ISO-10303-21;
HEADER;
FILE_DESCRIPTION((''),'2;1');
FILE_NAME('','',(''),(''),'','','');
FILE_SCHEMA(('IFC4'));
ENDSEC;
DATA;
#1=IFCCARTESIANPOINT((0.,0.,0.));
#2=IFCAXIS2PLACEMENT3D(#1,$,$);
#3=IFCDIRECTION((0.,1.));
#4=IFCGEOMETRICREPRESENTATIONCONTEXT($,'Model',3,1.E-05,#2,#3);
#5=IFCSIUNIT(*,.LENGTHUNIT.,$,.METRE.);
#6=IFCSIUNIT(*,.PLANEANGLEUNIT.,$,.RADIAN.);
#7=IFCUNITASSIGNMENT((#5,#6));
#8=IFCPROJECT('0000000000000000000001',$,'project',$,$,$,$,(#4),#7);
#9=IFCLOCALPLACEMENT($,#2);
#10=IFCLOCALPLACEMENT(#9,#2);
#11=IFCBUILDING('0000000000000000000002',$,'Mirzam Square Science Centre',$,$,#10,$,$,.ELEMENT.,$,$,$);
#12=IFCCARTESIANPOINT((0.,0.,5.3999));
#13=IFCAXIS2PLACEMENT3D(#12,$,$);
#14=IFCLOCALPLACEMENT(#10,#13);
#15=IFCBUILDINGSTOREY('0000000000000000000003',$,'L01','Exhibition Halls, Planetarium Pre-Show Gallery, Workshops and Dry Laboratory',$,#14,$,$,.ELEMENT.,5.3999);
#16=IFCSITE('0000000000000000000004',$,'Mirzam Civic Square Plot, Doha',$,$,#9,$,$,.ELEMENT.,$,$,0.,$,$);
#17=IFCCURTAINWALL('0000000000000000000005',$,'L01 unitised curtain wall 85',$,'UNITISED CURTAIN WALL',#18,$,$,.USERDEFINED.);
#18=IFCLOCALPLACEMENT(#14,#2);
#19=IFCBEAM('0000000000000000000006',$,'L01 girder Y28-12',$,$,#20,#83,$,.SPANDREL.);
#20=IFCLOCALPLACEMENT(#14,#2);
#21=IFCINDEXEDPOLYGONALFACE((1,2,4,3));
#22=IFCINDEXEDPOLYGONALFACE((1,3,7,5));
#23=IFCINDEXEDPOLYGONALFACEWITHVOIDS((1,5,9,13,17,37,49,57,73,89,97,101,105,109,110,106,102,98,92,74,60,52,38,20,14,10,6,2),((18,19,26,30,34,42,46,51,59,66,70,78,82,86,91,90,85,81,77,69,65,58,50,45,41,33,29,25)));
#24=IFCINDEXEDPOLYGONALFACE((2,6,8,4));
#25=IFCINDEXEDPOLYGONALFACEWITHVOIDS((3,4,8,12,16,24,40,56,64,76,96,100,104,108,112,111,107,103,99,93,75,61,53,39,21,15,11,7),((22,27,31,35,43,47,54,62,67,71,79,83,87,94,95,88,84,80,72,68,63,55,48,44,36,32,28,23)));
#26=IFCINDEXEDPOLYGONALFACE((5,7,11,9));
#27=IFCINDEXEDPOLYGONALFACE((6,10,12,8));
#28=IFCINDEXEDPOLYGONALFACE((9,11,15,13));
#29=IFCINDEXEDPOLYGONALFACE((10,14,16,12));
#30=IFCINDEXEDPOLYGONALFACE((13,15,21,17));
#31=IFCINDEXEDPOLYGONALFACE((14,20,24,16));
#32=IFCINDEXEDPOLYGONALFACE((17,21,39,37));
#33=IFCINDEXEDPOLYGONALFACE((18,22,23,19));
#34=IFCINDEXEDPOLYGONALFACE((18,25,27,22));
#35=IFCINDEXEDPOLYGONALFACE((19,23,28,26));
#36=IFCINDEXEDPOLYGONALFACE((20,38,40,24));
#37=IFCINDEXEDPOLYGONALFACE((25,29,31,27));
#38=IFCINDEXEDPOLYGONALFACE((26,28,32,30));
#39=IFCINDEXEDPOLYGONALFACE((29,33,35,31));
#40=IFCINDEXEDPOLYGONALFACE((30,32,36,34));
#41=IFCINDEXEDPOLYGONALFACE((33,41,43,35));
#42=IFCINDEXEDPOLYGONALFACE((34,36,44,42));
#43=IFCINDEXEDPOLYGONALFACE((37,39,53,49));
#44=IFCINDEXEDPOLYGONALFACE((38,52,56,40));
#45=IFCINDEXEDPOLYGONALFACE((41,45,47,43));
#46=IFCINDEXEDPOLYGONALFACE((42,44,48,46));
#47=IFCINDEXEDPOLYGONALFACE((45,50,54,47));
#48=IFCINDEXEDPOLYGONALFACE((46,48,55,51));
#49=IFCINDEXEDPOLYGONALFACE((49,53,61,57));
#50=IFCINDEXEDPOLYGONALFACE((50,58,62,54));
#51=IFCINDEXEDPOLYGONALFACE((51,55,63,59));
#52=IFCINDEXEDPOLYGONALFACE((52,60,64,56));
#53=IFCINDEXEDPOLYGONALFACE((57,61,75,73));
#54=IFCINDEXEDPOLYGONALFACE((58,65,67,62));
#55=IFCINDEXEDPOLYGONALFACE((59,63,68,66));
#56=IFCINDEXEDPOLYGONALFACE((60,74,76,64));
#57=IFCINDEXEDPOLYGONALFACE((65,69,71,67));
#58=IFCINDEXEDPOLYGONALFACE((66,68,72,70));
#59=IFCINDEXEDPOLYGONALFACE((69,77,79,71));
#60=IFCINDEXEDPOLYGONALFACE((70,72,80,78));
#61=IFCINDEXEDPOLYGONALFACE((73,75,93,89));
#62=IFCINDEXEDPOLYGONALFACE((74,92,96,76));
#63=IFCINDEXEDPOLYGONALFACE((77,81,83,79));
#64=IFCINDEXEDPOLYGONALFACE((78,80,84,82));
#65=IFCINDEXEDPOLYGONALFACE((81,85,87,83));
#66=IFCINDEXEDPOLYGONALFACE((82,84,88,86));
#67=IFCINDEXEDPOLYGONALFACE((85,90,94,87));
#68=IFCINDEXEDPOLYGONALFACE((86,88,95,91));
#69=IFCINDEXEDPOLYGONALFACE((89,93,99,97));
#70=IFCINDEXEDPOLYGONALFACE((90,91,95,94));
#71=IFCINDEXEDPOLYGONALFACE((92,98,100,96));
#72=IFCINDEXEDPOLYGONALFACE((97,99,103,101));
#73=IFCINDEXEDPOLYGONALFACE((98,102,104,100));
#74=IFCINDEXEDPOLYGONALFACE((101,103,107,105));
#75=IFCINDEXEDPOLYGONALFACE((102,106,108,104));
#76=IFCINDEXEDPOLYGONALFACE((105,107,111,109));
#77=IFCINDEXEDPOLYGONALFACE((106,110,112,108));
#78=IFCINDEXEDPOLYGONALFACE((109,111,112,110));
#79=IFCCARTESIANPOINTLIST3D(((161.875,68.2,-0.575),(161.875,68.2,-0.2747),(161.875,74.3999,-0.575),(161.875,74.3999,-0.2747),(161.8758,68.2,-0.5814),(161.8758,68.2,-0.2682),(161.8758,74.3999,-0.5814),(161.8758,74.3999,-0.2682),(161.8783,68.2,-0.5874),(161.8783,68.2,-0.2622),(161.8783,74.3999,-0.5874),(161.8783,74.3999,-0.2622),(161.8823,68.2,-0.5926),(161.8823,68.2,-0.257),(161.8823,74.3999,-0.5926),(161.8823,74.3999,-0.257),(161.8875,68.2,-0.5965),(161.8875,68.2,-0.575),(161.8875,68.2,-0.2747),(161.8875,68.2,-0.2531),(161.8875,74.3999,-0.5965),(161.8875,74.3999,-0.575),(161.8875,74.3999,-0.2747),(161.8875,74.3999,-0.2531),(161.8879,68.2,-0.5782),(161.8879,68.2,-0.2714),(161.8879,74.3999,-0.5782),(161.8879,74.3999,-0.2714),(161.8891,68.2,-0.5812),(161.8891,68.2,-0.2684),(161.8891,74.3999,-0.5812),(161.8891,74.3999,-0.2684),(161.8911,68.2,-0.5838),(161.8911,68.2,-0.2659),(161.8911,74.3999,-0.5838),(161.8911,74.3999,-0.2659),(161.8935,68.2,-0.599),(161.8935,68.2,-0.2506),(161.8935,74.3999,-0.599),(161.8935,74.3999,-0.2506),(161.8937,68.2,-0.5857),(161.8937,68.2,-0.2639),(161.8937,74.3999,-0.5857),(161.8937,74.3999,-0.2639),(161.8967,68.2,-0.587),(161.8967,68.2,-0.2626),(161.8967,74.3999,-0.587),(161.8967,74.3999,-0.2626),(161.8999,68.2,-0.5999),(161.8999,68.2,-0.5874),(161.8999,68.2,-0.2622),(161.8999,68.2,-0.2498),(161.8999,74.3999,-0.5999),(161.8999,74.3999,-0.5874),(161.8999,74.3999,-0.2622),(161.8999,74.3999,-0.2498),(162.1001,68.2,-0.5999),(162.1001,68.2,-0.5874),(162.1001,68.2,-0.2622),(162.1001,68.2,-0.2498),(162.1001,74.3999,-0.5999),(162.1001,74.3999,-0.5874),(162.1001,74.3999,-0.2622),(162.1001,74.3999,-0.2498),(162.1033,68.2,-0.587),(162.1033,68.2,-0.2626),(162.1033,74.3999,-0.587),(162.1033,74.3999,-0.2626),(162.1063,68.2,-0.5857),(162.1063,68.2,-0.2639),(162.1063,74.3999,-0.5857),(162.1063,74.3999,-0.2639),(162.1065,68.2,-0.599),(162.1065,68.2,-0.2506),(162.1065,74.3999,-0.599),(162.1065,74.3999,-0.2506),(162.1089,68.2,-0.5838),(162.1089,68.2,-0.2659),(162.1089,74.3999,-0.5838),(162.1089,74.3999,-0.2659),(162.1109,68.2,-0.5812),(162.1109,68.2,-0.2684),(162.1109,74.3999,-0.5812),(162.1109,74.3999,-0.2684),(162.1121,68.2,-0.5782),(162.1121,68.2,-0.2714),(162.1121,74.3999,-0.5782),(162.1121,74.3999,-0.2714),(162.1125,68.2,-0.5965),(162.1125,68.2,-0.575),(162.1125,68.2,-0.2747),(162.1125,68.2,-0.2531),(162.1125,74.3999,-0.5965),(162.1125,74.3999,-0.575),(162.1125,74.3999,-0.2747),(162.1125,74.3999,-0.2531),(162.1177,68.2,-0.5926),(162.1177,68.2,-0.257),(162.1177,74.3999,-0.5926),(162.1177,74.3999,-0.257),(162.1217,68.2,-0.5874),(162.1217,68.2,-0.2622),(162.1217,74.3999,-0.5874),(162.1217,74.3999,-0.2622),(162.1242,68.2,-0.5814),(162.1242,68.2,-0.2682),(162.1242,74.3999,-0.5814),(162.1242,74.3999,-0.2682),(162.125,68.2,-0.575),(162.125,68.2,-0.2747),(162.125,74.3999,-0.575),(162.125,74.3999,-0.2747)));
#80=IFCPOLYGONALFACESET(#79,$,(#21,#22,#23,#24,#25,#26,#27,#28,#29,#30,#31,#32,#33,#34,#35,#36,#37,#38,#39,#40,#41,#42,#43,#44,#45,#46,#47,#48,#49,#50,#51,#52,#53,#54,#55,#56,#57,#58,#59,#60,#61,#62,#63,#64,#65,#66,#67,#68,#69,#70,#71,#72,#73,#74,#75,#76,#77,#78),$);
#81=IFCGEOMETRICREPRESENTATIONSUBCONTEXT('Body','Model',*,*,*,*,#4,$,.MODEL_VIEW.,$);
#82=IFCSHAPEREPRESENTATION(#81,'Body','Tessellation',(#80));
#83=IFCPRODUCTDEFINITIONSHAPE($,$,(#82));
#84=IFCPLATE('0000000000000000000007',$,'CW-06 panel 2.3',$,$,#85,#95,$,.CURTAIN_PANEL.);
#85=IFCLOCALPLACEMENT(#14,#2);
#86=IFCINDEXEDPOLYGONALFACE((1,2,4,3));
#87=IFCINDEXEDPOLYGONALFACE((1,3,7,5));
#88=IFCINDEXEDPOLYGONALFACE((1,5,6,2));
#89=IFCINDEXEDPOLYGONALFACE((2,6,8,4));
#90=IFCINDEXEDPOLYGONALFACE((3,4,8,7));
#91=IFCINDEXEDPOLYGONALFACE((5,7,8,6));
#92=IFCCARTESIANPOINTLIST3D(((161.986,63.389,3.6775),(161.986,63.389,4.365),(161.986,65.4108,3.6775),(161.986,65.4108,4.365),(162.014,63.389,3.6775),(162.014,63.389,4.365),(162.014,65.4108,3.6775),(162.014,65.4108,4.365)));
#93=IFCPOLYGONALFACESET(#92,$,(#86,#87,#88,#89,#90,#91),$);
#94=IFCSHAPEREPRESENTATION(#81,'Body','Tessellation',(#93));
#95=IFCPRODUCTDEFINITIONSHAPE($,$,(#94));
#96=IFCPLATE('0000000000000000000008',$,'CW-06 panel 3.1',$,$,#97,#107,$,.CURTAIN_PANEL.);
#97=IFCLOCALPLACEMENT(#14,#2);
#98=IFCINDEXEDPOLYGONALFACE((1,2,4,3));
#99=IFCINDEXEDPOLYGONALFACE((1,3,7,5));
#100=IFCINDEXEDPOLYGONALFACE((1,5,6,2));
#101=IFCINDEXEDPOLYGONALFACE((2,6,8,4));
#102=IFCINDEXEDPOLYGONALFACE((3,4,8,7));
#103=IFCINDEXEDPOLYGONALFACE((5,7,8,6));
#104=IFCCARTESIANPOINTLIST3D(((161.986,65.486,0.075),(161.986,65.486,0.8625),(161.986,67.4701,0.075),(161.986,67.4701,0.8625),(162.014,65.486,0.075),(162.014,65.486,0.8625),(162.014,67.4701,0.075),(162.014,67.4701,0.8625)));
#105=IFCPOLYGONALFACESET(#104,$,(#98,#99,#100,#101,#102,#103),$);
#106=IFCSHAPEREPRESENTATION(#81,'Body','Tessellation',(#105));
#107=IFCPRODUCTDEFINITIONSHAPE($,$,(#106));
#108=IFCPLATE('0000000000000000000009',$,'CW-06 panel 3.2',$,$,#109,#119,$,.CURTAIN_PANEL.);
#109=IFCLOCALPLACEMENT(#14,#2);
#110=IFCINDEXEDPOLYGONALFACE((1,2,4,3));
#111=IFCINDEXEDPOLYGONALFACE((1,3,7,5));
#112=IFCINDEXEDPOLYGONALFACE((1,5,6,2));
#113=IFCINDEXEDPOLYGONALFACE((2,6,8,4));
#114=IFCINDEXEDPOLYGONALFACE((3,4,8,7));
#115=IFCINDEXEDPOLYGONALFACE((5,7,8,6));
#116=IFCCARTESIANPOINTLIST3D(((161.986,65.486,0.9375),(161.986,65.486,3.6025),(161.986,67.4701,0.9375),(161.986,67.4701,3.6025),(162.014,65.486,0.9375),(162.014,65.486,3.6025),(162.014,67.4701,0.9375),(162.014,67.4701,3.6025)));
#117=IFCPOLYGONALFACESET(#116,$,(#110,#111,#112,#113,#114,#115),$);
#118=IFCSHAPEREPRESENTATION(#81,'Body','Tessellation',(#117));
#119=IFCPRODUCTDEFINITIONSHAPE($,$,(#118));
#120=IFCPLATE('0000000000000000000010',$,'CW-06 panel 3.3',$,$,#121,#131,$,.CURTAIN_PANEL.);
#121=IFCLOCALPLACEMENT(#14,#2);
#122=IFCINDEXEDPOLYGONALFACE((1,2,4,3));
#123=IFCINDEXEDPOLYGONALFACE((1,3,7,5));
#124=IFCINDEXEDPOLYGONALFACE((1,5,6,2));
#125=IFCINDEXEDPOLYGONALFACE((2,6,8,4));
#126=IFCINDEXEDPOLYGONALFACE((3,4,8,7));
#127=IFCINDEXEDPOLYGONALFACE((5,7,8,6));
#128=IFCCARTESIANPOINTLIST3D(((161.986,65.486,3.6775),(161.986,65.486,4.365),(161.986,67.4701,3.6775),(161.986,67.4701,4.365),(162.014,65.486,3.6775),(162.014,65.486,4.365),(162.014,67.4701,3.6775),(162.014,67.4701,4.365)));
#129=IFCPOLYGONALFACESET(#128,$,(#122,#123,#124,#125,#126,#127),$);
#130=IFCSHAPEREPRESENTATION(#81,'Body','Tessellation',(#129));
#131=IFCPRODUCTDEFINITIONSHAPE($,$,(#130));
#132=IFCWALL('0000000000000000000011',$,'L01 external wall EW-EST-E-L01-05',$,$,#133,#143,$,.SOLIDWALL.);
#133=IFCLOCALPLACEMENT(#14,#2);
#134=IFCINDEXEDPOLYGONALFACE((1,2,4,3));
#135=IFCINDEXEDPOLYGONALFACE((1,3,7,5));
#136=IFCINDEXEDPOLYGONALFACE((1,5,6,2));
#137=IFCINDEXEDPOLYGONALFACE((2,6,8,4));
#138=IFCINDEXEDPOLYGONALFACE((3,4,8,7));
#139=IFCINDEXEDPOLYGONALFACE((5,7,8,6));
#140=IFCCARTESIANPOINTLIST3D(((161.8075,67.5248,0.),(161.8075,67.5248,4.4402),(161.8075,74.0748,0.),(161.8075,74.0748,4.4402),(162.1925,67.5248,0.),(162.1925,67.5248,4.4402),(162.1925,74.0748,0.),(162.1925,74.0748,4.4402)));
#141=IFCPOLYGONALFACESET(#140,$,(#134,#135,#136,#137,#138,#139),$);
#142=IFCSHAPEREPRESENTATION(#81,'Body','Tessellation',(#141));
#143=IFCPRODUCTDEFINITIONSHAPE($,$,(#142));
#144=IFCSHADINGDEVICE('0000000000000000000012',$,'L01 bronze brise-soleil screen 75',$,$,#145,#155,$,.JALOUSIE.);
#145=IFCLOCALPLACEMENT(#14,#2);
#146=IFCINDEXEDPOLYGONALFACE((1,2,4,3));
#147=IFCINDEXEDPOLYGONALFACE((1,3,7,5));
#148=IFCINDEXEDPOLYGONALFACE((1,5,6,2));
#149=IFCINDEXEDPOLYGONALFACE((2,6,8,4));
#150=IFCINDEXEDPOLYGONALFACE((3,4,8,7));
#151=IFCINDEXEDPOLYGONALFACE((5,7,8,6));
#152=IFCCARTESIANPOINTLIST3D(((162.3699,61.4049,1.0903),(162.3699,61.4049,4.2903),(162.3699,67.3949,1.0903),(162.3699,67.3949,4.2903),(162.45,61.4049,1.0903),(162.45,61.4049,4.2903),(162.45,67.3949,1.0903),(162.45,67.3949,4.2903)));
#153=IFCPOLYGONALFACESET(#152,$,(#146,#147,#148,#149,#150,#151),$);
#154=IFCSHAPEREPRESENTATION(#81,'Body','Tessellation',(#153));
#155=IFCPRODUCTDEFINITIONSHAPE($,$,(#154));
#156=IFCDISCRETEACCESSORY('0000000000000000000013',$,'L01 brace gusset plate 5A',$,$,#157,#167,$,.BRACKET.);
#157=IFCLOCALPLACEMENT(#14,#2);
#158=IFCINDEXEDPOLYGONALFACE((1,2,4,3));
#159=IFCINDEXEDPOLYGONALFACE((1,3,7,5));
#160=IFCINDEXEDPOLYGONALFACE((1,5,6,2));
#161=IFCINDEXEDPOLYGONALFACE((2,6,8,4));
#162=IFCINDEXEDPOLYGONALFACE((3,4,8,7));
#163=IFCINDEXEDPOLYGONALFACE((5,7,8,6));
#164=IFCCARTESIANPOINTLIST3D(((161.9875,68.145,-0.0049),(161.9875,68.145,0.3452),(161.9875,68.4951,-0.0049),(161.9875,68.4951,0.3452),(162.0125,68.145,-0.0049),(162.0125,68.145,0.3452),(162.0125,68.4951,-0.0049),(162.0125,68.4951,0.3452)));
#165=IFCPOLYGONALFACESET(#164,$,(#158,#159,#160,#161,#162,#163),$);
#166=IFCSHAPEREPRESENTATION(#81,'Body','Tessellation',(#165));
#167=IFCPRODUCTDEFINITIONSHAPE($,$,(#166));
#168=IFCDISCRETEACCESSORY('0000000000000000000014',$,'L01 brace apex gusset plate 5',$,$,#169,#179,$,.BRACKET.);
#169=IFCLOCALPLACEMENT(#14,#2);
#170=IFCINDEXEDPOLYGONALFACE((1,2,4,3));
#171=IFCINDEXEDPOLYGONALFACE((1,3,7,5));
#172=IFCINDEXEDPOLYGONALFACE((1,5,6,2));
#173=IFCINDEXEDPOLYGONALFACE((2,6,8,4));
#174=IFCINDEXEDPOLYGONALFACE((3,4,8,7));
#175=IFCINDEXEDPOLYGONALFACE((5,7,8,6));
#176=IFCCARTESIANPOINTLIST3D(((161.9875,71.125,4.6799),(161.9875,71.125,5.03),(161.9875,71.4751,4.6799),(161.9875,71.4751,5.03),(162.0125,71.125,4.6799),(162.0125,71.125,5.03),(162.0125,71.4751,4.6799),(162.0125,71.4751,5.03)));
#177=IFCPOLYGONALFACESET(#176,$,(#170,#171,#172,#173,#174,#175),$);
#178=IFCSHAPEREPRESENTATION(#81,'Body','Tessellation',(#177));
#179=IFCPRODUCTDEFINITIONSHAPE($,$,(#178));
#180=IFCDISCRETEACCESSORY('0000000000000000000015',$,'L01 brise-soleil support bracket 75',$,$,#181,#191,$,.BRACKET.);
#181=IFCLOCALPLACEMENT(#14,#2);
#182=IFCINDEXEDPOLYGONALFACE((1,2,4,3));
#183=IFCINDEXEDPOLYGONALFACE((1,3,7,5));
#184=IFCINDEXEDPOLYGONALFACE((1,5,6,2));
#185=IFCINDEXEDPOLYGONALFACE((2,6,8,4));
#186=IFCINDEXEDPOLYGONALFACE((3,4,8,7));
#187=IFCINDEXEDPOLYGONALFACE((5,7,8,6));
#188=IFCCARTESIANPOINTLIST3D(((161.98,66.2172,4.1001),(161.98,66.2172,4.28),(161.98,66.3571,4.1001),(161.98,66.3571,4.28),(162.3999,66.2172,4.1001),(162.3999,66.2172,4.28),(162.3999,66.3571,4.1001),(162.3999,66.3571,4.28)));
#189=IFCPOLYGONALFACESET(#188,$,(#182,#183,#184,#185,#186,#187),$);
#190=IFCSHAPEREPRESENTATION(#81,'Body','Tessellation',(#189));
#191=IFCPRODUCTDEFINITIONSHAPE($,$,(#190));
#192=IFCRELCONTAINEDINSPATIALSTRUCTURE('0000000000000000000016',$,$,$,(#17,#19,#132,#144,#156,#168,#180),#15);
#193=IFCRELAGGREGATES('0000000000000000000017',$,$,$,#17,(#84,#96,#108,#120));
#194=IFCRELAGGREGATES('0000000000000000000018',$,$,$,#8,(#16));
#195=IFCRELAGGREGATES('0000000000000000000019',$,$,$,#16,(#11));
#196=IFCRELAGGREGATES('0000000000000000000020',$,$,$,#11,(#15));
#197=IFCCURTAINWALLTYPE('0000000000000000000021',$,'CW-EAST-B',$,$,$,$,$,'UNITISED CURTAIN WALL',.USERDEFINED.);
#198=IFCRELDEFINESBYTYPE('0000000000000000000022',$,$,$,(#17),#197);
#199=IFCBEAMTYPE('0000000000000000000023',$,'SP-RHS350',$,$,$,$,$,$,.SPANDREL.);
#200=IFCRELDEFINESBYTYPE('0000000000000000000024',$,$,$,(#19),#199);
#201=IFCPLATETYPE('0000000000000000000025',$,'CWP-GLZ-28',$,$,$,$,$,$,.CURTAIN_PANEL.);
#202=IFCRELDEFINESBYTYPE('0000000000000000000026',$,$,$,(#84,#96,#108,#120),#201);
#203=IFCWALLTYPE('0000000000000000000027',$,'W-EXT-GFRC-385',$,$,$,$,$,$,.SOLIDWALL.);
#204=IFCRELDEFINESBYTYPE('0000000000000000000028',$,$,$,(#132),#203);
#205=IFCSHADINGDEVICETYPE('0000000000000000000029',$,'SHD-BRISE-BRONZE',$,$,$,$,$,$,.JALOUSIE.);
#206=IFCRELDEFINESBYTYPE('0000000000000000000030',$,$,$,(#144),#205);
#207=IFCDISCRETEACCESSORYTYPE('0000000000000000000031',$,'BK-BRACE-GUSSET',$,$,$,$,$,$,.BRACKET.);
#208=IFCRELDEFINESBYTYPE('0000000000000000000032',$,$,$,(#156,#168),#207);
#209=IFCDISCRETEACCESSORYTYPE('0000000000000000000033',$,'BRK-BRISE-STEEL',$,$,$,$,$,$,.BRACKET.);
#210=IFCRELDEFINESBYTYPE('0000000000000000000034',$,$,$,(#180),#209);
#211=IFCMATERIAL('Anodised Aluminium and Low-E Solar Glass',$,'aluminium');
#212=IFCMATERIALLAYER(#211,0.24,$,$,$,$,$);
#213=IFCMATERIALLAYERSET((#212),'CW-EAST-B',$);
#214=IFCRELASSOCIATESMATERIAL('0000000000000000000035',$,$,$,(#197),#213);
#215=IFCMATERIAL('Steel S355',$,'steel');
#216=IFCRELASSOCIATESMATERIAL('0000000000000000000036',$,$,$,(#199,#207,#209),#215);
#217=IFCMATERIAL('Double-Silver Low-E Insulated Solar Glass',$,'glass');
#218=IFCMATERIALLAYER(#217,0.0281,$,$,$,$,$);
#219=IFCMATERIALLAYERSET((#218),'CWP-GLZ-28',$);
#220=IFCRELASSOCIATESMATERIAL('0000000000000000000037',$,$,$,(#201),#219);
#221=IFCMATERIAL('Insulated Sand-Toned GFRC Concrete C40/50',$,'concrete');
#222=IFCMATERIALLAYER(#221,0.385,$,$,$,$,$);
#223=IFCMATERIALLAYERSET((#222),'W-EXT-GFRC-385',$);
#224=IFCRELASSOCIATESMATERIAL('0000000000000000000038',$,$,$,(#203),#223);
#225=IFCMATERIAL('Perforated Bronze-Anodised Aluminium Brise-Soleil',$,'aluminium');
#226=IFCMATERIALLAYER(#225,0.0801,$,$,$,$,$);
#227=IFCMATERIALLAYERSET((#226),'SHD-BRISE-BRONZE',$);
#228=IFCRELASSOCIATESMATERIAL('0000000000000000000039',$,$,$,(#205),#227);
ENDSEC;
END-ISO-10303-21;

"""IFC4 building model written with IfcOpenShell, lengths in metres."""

from ifc_helpers import new_model, si_unit, direction, frame, frame_2d, origin, origin_2d, place, context, subcontext, project, spatial, rectangle, hollow_rectangle, extrude, material, layer, layer_set, material_profile, profile_set, type_object, element, aggregate, save


model = new_model("IFC4")

# Units and contexts
model_context = context("Model", 3, precision=1e-05, world=origin(), true_north=direction((0.0, 1.0)))
body_context = subcontext(model_context, "Body", "Model", "MODEL_VIEW")
ifc_project = project(units=[si_unit("LENGTHUNIT", "METRE"), si_unit("PLANEANGLEUNIT", "RADIAN")], contexts=[model_context])

# Site, building, storey
site_placement = place(None, origin())
site = spatial("IfcSite", under=ifc_project, at=site_placement, Name="Mirzam Civic Square Plot, Doha", CompositionType="ELEMENT", RefElevation=0.0)
building_placement = place(site_placement, origin())
building = spatial("IfcBuilding", under=site, at=building_placement, Name="Mirzam Square Science Centre", CompositionType="ELEMENT")
storey_placement = place(building_placement, frame((0.0, 0.0, 5.3999)))
storey = spatial("IfcBuildingStorey", under=building, at=storey_placement, Name="L01", Description="Exhibition Halls, Planetarium Pre-Show Gallery, Workshops and Dry Laboratory", CompositionType="ELEMENT", Elevation=5.3999)

# Shared definitions
ifc_material_1 = material(Name="Steel S355", Category="steel")

# Shared definitions
ifc_material_2 = material(Name="Anodised Aluminium and Low-E Solar Glass", Category="aluminium")

# Curtain wall
ifc_layer_1 = layer(ifc_material_2, 0.24)
ifc_layer_set_1 = layer_set([ifc_layer_1], Name="CW-EAST-B")
curtain_wall_type_1 = type_object("IfcCurtainWallType", Name="CW-EAST-B", ElementType="UNITISED CURTAIN WALL", PredefinedType="USERDEFINED", material=ifc_layer_set_1)
curtain_wall_1_placement = place(storey_placement, origin())
curtain_wall_1 = element("IfcCurtainWall", 1, at=curtain_wall_1_placement, inside=storey, type_object=curtain_wall_type_1, Name="L01 unitised curtain wall 85", ObjectType="UNITISED CURTAIN WALL", PredefinedType="USERDEFINED")

# Beam
ifc_material_profile_1 = material_profile(ifc_material_1, hollow_rectangle(XDim=0.25, YDim=0.3501, WallThickness=0.0125, InnerFilletRadius=0.0125, OuterFilletRadius=0.0249, at=origin_2d()), Name="350x250x12.5RHS")
ifc_profile_set_1 = profile_set([ifc_material_profile_1], Name="Steel S355")
beam_type_1 = type_object("IfcBeamType", Name="SP-RHS350", PredefinedType="SPANDREL", material=ifc_profile_set_1)
beam_1_placement = place(storey_placement, frame((162.0, 68.2, -0.4248), z_axis=(0.0, 1.0, 0.0), x_axis=(-1.0, 0.0, 0.0)))
element("IfcBeam", 2, at=beam_1_placement, inside=storey, type_object=beam_type_1, Name="L01 girder Y28-12", PredefinedType="SPANDREL", context=body_context, shape_type="SweptSolid", body=[
    extrude(hollow_rectangle(XDim=0.25, YDim=0.3501, WallThickness=0.0125, InnerFilletRadius=0.0125, OuterFilletRadius=0.0249, at=origin_2d()), origin(), (0.0, 0.0, 1.0), 6.2),
])

# Plates
ifc_material_3 = material(Name="Double-Silver Low-E Insulated Solar Glass", Category="glass")
ifc_layer_2 = layer(ifc_material_3, 0.0281)
ifc_layer_set_2 = layer_set([ifc_layer_2], Name="CWP-GLZ-28")
plate_type = type_object("IfcPlateType", Name="CWP-GLZ-28", PredefinedType="CURTAIN_PANEL", material=ifc_layer_set_2)
plate_1_placement = place(storey_placement, frame((162.0, 64.3999, 3.6775), z_axis=(0.0, 0.0, 1.0), x_axis=(0.0, 1.0, 0.0)))
plate_1 = element("IfcPlate", 3, at=plate_1_placement, type_object=plate_type, Name="CW-06 panel 2.3", PredefinedType="CURTAIN_PANEL", context=body_context, shape_type="SweptSolid", body=[
    extrude(rectangle(XDim=2.0217, YDim=0.0281, at=origin_2d()), origin(), (0.0, 0.0, 1.0), 0.6875),
])
plate_2_placement = place(storey_placement, frame((162.0, 66.478, 0.075), z_axis=(0.0, 0.0, 1.0), x_axis=(0.0, 1.0, 0.0)))
plate_2 = element("IfcPlate", 4, at=plate_2_placement, type_object=plate_type, Name="CW-06 panel 3.1", PredefinedType="CURTAIN_PANEL", context=body_context, shape_type="SweptSolid", body=[
    extrude(rectangle(XDim=1.9841, YDim=0.0281, at=origin_2d()), origin(), (0.0, 0.0, 1.0), 0.7876),
])
plate_3_placement = place(storey_placement, frame((162.0, 66.478, 0.9375), z_axis=(0.0, 0.0, 1.0), x_axis=(0.0, 1.0, 0.0)))
plate_3 = element("IfcPlate", 5, at=plate_3_placement, type_object=plate_type, Name="CW-06 panel 3.2", PredefinedType="CURTAIN_PANEL", context=body_context, shape_type="SweptSolid", body=[
    extrude(rectangle(XDim=1.9841, YDim=0.0281, at=origin_2d()), origin(), (0.0, 0.0, 1.0), 2.665),
])
plate_4_placement = place(storey_placement, frame((162.0, 66.478, 3.6775), z_axis=(0.0, 0.0, 1.0), x_axis=(0.0, 1.0, 0.0)))
plate_4 = element("IfcPlate", 6, at=plate_4_placement, type_object=plate_type, Name="CW-06 panel 3.3", PredefinedType="CURTAIN_PANEL", context=body_context, shape_type="SweptSolid", body=[
    extrude(rectangle(XDim=1.9841, YDim=0.0281, at=origin_2d()), origin(), (0.0, 0.0, 1.0), 0.6875),
])
aggregate(curtain_wall_1, [plate_1, plate_2, plate_3, plate_4])

# Wall
ifc_material_4 = material(Name="Insulated Sand-Toned GFRC Concrete C40/50", Category="concrete")
ifc_layer_3 = layer(ifc_material_4, 0.385)
ifc_layer_set_3 = layer_set([ifc_layer_3], Name="W-EXT-GFRC-385")
wall_type = type_object("IfcWallType", Name="W-EXT-GFRC-385", PredefinedType="SOLIDWALL", material=ifc_layer_set_3)
wall_placement = place(storey_placement, frame((162.0, 67.5249, 0.0), z_axis=(0.0, 0.0, 1.0), x_axis=(0.0, 1.0, 0.0)))
element("IfcWall", 7, at=wall_placement, inside=storey, type_object=wall_type, Name="L01 external wall EW-EST-E-L01-05", PredefinedType="SOLIDWALL", context=body_context, shape_type="SweptSolid", body=[
    extrude(rectangle(XDim=6.55, YDim=0.385, at=frame_2d((3.2749, 0.0))), origin(), (0.0, 0.0, 1.0), 4.4402),
])

# Shading device
ifc_material_5 = material(Name="Perforated Bronze-Anodised Aluminium Brise-Soleil", Category="aluminium")
ifc_layer_4 = layer(ifc_material_5, 0.0801)
ifc_layer_set_4 = layer_set([ifc_layer_4], Name="SHD-BRISE-BRONZE")
shading_device_type = type_object("IfcShadingDeviceType", Name="SHD-BRISE-BRONZE", PredefinedType="JALOUSIE", material=ifc_layer_set_4)
shading_device_placement = place(storey_placement, frame((162.4099, 64.3999, 1.0903), z_axis=(0.0, 0.0, 1.0), x_axis=(0.0, 1.0, 0.0)))
element("IfcShadingDevice", 8, at=shading_device_placement, inside=storey, type_object=shading_device_type, Name="L01 bronze brise-soleil screen 75", PredefinedType="JALOUSIE", context=body_context, shape_type="SweptSolid", body=[
    extrude(rectangle(XDim=5.99, YDim=0.0801, at=origin_2d()), origin(), (0.0, 0.0, 1.0), 3.2),
])

# Discrete accessories
discrete_accessory_type_1 = type_object("IfcDiscreteAccessoryType", Name="BK-BRACE-GUSSET", PredefinedType="BRACKET", material=ifc_material_1)
for number, where, z_axis, x_axis, name in (
    (9, (162.0, 68.3201, -0.0049), (0.0, 0.0, 1.0), (0.0, 1.0, 0.0), "L01 brace gusset plate 5A"),
    (10, (162.0, 71.3, 4.6799), (0.0, 0.0, 1.0), (0.0, 1.0, 0.0), "L01 brace apex gusset plate 5"),
):
    element("IfcDiscreteAccessory", number, at=place(storey_placement, frame(where, z_axis=z_axis, x_axis=x_axis)), inside=storey, type_object=discrete_accessory_type_1, Name=name, PredefinedType="BRACKET", context=body_context, shape_type="SweptSolid", body=[
        extrude(rectangle(XDim=0.3501, YDim=0.0249, at=origin_2d()), origin(), (0.0, 0.0, 1.0), 0.3501),
    ])
discrete_accessory_type_2 = type_object("IfcDiscreteAccessoryType", Name="BRK-BRISE-STEEL", PredefinedType="BRACKET", material=ifc_material_1)
discrete_accessory_placement = place(storey_placement, frame((162.1899, 66.2871, 4.1001), z_axis=(0.0, 0.0, 1.0), x_axis=(0.0, 1.0, 0.0)))
element("IfcDiscreteAccessory", 11, at=discrete_accessory_placement, inside=storey, type_object=discrete_accessory_type_2, Name="L01 brise-soleil support bracket 75", PredefinedType="BRACKET", context=body_context, shape_type="SweptSolid", body=[
    extrude(rectangle(XDim=0.1399, YDim=0.4199, at=origin_2d()), origin(), (0.0, 0.0, 1.0), 0.1799),
])

save(model, "model.ifc")
